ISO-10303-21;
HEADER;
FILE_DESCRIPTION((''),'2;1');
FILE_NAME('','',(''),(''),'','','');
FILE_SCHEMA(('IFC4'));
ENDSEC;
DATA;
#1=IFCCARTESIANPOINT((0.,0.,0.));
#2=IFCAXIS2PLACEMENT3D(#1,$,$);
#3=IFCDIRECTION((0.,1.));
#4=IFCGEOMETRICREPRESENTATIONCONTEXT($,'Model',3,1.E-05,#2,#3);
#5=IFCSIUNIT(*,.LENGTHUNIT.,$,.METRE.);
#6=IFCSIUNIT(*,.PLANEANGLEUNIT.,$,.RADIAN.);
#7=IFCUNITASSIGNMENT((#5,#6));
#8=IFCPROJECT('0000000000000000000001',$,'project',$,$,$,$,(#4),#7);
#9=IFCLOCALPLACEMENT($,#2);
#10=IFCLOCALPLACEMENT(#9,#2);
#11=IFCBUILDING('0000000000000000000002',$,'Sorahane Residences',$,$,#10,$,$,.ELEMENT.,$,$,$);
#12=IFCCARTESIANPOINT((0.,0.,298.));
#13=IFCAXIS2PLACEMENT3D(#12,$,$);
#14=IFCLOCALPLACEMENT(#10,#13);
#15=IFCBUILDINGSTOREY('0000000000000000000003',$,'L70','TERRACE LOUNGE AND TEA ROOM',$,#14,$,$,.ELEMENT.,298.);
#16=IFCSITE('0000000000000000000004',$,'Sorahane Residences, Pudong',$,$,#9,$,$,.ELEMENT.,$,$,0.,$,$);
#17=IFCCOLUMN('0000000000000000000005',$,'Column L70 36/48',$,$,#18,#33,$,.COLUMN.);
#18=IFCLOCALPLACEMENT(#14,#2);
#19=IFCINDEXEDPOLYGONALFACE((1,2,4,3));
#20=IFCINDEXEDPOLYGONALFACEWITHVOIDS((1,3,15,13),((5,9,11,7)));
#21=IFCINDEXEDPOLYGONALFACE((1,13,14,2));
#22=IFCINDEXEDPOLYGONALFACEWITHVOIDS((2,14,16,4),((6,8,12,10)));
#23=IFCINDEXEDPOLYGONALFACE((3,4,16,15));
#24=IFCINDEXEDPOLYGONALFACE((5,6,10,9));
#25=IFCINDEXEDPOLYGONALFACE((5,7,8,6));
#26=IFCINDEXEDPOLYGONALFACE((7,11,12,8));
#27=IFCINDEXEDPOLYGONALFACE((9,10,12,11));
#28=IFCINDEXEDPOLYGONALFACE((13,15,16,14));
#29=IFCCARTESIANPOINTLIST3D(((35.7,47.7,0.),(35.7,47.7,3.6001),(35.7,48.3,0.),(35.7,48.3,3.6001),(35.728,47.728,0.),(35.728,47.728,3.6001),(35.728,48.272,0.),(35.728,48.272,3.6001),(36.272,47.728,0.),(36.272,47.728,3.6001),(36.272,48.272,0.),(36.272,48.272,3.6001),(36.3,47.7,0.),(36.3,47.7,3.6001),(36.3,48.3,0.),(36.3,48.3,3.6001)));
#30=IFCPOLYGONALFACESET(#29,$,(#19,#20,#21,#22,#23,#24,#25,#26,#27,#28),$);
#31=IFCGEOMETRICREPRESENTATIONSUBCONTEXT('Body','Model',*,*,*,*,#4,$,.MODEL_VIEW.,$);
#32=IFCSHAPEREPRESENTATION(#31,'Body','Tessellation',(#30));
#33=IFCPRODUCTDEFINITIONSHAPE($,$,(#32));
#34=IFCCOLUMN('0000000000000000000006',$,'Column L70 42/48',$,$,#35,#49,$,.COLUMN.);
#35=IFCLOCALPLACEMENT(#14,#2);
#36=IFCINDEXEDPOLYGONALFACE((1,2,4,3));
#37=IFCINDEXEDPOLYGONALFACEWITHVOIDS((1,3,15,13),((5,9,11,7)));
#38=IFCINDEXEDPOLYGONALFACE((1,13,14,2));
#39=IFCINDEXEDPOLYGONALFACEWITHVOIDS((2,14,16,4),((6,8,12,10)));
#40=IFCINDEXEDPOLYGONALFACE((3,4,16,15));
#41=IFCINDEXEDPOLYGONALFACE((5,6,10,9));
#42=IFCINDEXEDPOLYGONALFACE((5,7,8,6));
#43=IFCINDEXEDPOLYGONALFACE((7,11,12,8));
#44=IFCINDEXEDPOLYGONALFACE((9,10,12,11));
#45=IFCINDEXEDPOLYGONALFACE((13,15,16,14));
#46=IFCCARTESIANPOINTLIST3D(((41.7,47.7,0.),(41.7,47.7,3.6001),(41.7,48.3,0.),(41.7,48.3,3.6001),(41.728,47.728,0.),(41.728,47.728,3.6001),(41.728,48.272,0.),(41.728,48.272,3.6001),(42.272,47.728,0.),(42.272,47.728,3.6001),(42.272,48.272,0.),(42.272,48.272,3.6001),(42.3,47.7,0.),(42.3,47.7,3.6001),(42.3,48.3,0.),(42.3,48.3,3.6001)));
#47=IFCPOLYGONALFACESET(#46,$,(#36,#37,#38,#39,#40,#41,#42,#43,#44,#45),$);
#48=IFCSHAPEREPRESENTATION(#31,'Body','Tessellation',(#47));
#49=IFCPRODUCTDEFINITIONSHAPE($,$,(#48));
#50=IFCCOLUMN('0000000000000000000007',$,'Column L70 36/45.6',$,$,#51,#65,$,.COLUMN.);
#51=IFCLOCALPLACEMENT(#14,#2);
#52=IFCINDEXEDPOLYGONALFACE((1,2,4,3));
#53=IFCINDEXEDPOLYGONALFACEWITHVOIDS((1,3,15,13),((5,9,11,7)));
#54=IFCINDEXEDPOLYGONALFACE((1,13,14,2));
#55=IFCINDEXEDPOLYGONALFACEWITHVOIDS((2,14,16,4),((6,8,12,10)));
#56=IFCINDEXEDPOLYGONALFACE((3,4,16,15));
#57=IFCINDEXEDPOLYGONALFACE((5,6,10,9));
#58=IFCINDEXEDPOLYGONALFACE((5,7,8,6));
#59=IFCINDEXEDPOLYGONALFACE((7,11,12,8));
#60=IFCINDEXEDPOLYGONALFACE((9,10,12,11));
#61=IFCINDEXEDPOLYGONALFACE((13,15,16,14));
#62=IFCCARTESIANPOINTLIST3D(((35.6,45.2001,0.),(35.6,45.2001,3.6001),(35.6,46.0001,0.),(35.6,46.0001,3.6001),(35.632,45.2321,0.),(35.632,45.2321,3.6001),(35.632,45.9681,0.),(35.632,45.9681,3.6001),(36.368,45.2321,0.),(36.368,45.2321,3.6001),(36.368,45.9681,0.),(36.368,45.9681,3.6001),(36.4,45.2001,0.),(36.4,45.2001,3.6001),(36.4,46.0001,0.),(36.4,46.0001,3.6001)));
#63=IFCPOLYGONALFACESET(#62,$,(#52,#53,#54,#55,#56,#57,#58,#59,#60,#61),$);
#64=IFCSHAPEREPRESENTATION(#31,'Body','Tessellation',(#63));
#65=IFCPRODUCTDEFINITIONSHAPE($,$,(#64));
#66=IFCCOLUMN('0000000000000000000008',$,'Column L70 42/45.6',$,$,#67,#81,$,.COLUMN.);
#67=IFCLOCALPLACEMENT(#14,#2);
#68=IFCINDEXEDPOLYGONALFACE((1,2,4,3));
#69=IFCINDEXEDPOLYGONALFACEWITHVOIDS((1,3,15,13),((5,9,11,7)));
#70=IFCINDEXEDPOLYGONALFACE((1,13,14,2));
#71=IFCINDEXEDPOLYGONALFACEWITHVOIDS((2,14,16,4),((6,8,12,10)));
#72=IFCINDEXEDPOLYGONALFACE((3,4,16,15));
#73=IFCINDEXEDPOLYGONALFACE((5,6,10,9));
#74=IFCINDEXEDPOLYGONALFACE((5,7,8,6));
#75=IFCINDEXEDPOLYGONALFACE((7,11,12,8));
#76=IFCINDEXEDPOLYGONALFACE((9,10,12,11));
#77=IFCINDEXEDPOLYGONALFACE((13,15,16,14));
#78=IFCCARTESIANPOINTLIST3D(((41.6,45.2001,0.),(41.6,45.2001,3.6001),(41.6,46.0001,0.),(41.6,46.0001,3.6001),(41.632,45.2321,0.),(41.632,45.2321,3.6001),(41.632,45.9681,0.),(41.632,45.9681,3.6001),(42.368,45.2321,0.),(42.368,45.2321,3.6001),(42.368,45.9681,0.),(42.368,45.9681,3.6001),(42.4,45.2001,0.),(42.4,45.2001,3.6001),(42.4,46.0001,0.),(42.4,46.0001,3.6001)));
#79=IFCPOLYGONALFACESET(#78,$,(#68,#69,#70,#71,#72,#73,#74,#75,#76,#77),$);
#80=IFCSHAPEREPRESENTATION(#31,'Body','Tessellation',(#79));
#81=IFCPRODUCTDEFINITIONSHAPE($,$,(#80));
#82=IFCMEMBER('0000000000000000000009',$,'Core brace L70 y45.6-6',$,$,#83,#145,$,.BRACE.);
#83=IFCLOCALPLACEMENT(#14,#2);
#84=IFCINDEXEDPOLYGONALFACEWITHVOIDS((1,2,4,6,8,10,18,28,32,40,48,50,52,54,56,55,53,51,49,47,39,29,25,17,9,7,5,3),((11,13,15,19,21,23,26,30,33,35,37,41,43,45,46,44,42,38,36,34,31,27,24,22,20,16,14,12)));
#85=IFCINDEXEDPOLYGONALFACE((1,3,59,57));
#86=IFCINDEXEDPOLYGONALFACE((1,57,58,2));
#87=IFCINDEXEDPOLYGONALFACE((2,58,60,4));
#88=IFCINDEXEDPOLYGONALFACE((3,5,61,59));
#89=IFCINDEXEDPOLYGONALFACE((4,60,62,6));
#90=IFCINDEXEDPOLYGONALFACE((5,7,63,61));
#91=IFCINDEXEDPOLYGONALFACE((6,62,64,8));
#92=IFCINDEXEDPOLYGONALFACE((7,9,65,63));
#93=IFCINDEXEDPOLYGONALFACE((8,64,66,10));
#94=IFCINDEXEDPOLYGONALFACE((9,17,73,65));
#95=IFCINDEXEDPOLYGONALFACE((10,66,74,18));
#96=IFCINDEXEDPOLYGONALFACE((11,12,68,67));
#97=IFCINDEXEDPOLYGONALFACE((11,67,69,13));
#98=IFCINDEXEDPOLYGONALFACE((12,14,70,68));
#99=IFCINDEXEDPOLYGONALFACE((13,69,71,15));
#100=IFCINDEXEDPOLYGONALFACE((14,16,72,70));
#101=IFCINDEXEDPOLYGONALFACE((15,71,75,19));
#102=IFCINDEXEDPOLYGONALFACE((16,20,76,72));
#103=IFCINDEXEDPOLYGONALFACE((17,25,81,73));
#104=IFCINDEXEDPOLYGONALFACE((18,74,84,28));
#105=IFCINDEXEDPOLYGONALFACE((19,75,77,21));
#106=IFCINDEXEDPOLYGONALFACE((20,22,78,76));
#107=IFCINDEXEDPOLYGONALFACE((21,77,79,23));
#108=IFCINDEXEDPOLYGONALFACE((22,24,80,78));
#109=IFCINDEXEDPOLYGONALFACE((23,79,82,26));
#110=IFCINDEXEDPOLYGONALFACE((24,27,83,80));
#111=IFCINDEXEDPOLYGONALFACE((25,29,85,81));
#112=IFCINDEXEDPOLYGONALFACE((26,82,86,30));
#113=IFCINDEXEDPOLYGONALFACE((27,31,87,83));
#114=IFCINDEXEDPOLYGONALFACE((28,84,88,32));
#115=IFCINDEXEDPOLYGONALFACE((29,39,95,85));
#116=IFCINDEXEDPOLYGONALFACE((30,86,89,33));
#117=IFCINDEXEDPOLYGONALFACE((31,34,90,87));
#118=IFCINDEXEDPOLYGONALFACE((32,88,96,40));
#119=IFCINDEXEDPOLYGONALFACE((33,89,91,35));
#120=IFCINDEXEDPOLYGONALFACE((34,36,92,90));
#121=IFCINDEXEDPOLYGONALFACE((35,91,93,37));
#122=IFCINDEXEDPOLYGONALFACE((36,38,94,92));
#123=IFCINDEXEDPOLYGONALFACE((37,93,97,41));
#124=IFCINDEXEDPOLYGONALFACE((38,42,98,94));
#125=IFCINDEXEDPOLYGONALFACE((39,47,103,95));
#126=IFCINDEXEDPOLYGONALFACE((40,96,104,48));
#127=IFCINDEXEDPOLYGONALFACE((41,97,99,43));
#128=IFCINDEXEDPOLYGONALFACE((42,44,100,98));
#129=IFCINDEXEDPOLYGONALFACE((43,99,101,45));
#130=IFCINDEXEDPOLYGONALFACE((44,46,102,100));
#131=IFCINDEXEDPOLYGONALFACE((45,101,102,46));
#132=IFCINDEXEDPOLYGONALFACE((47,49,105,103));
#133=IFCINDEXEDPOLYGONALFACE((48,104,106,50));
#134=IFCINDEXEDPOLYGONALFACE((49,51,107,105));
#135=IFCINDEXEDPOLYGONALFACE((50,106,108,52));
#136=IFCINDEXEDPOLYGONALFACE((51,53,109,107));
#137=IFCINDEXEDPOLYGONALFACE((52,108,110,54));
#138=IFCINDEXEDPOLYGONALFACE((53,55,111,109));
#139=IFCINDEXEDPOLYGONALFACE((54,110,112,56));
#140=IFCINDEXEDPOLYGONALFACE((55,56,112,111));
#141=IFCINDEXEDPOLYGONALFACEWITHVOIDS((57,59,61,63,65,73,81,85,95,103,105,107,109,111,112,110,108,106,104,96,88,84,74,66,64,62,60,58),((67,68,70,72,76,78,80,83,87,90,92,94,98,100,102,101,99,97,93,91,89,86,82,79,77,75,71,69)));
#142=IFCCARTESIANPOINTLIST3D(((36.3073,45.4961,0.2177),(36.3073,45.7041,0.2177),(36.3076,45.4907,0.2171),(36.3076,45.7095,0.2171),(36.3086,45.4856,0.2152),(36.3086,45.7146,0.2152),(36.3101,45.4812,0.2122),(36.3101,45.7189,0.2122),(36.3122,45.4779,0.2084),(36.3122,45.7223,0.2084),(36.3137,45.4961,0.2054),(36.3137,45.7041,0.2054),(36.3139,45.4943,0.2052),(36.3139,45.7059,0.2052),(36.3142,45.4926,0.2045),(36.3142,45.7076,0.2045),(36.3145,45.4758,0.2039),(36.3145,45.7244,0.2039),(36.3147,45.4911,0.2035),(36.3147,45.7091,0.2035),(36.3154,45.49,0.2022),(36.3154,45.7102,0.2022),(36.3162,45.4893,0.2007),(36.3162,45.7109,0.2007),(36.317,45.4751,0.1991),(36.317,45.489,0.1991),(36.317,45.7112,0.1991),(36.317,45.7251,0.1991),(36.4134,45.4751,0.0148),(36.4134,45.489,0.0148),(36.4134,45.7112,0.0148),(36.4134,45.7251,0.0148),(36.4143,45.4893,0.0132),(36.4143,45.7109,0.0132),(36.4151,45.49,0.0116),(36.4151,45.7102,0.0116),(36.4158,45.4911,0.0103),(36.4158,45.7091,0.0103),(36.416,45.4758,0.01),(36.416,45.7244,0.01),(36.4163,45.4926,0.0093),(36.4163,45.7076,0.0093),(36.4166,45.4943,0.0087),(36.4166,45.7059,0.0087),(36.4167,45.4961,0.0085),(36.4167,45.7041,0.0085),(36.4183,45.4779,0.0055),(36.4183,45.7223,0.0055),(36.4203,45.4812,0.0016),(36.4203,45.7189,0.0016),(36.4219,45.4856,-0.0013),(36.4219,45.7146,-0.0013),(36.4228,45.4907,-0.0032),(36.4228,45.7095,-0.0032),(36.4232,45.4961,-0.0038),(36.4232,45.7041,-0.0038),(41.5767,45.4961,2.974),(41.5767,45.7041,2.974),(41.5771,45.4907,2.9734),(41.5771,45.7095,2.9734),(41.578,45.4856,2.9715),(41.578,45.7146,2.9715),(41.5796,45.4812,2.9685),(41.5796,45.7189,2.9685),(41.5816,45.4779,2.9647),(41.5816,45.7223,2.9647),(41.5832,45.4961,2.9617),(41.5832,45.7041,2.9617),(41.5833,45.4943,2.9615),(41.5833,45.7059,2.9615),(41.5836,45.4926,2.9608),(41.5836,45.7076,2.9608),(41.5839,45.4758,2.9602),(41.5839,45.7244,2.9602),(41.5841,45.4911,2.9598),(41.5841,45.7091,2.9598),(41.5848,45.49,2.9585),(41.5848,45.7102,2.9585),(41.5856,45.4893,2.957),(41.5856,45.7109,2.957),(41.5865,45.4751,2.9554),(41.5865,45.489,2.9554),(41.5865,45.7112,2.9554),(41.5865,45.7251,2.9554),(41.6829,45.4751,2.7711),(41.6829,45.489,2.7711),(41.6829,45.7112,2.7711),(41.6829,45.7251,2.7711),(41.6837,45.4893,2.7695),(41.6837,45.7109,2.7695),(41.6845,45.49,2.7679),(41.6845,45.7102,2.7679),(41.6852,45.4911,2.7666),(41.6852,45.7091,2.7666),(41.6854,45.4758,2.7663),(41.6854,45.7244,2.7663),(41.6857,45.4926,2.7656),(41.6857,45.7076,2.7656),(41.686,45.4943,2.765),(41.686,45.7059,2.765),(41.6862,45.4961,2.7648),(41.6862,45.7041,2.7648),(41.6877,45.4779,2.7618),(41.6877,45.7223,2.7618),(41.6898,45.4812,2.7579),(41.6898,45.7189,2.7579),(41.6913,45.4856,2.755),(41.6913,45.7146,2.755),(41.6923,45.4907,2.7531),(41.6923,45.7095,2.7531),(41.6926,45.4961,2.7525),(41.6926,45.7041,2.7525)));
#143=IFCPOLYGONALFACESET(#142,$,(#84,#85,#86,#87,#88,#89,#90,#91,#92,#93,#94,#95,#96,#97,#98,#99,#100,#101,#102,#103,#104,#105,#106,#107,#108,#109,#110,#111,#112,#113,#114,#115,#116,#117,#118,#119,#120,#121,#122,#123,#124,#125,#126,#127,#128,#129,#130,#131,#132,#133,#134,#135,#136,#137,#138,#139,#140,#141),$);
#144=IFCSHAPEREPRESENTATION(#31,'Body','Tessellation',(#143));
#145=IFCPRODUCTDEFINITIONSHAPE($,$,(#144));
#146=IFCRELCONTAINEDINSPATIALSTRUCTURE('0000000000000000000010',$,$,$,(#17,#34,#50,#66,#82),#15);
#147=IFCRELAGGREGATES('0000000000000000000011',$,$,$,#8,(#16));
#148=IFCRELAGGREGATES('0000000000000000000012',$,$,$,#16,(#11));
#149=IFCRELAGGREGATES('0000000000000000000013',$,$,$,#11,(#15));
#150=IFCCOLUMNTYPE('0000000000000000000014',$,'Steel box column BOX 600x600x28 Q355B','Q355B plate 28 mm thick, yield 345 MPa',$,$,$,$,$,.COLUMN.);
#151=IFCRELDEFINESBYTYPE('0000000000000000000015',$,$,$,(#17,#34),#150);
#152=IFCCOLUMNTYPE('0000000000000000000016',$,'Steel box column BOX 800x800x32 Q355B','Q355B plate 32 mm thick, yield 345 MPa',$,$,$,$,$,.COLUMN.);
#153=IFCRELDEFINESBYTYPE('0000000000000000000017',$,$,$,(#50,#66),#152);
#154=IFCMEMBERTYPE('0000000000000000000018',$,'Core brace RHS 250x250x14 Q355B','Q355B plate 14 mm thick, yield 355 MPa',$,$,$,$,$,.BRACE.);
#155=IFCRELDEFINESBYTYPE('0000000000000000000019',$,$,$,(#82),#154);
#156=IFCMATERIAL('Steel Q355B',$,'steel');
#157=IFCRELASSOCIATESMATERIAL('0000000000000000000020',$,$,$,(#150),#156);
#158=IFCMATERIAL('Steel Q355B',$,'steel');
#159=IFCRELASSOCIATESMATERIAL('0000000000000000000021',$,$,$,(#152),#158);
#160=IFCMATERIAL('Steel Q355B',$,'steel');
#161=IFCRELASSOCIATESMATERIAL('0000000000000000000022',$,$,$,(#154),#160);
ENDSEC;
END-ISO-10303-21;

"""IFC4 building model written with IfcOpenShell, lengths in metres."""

from ifc_helpers import new_model, si_unit, direction, frame, origin, origin_2d, place, context, subcontext, project, spatial, hollow_rectangle, extrude, material, material_profile, profile_set, type_object, element, save


model = new_model("IFC4")

# Units and contexts
model_context = context("Model", 3, precision=1e-05, world=origin(), true_north=direction((0.0, 1.0)))
body_context = subcontext(model_context, "Body", "Model", "MODEL_VIEW")
ifc_project = project(units=[si_unit("LENGTHUNIT", "METRE"), si_unit("PLANEANGLEUNIT", "RADIAN")], contexts=[model_context])

# Site, building, storey
site_placement = place(None, origin())
site = spatial("IfcSite", under=ifc_project, at=site_placement, Name="Sorahane Residences, Pudong", CompositionType="ELEMENT", RefElevation=0.0)
building_placement = place(site_placement, origin())
building = spatial("IfcBuilding", under=site, at=building_placement, Name="Sorahane Residences", CompositionType="ELEMENT")
storey_placement = place(building_placement, frame((0.0, 0.0, 298.0)))
storey = spatial("IfcBuildingStorey", under=building, at=storey_placement, Name="L70", Description="TERRACE LOUNGE AND TEA ROOM", CompositionType="ELEMENT", Elevation=298.0)

# Columns
ifc_material_1 = material(Name="Steel Q355B", Category="steel")
ifc_material_profile_1 = material_profile(ifc_material_1, hollow_rectangle(XDim=0.6001, YDim=0.6001, WallThickness=0.0281, at=origin_2d()), Name="BOX 600x600x28")
ifc_profile_set_1 = profile_set([ifc_material_profile_1], Name="Steel Q355B")
column_type_1 = type_object("IfcColumnType", Name="Steel box column BOX 600x600x28 Q355B", Description="Q355B plate 28 mm thick, yield 345 MPa", PredefinedType="COLUMN", material=ifc_profile_set_1)
for number, where, z_axis, x_axis, name in (
    (1, (36.0, 48.0, 0.0), (0.0, 0.0, 1.0), (1.0, 0.0, 0.0), "Column L70 36/48"),
    (2, (42.0, 48.0, 0.0), (0.0, 0.0, 1.0), (1.0, 0.0, 0.0), "Column L70 42/48"),
):
    element("IfcColumn", number, at=place(storey_placement, frame(where, z_axis=z_axis, x_axis=x_axis)), inside=storey, type_object=column_type_1, Name=name, PredefinedType="COLUMN", context=body_context, shape_type="SweptSolid", body=[
        extrude(hollow_rectangle(XDim=0.6001, YDim=0.6001, WallThickness=0.0281, at=origin_2d()), origin(), (0.0, 0.0, 1.0), 3.6001),
    ])
ifc_material_2 = material(Name="Steel Q355B", Category="steel")
ifc_material_profile_2 = material_profile(ifc_material_2, hollow_rectangle(XDim=0.8, YDim=0.8, WallThickness=0.032, at=origin_2d()), Name="BOX 800x800x32")
ifc_profile_set_2 = profile_set([ifc_material_profile_2], Name="Steel Q355B")
column_type_2 = type_object("IfcColumnType", Name="Steel box column BOX 800x800x32 Q355B", Description="Q355B plate 32 mm thick, yield 345 MPa", PredefinedType="COLUMN", material=ifc_profile_set_2)
for number, where, z_axis, x_axis, name in (
    (3, (36.0, 45.6001, 0.0), (0.0, 0.0, 1.0), (1.0, 0.0, 0.0), "Column L70 36/45.6"),
    (4, (42.0, 45.6001, 0.0), (0.0, 0.0, 1.0), (1.0, 0.0, 0.0), "Column L70 42/45.6"),
):
    element("IfcColumn", number, at=place(storey_placement, frame(where, z_axis=z_axis, x_axis=x_axis)), inside=storey, type_object=column_type_2, Name=name, PredefinedType="COLUMN", context=body_context, shape_type="SweptSolid", body=[
        extrude(hollow_rectangle(XDim=0.8, YDim=0.8, WallThickness=0.032, at=origin_2d()), origin(), (0.0, 0.0, 1.0), 3.6001),
    ])

# Member
ifc_material_3 = material(Name="Steel Q355B", Category="steel")
ifc_material_profile_3 = material_profile(ifc_material_3, hollow_rectangle(XDim=0.25, YDim=0.25, WallThickness=0.0139, InnerFilletRadius=0.0071, OuterFilletRadius=0.021, at=origin_2d()), Name="RHS 250x250x14")
ifc_profile_set_3 = profile_set([ifc_material_profile_3], Name="Steel Q355B")
member_type_1 = type_object("IfcMemberType", Name="Core brace RHS 250x250x14 Q355B", Description="Q355B plate 14 mm thick, yield 355 MPa", PredefinedType="BRACE", material=ifc_profile_set_3)
member_1_placement = place(storey_placement, frame((36.3652, 45.6001, 0.1069), z_axis=(0.8861, 0.0, 0.463495), x_axis=(0.0, 1.0, 0.0)))
element("IfcMember", 5, at=member_1_placement, inside=storey, type_object=member_type_1, Name="Core brace L70 y45.6-6", PredefinedType="BRACE", context=body_context, shape_type="SweptSolid", body=[
    extrude(hollow_rectangle(XDim=0.25, YDim=0.25, WallThickness=0.0139, InnerFilletRadius=0.0071, OuterFilletRadius=0.021, at=origin_2d()), origin(), (0.0, 0.0, 1.0), 5.9468),
])

save(model, "model.ifc")
